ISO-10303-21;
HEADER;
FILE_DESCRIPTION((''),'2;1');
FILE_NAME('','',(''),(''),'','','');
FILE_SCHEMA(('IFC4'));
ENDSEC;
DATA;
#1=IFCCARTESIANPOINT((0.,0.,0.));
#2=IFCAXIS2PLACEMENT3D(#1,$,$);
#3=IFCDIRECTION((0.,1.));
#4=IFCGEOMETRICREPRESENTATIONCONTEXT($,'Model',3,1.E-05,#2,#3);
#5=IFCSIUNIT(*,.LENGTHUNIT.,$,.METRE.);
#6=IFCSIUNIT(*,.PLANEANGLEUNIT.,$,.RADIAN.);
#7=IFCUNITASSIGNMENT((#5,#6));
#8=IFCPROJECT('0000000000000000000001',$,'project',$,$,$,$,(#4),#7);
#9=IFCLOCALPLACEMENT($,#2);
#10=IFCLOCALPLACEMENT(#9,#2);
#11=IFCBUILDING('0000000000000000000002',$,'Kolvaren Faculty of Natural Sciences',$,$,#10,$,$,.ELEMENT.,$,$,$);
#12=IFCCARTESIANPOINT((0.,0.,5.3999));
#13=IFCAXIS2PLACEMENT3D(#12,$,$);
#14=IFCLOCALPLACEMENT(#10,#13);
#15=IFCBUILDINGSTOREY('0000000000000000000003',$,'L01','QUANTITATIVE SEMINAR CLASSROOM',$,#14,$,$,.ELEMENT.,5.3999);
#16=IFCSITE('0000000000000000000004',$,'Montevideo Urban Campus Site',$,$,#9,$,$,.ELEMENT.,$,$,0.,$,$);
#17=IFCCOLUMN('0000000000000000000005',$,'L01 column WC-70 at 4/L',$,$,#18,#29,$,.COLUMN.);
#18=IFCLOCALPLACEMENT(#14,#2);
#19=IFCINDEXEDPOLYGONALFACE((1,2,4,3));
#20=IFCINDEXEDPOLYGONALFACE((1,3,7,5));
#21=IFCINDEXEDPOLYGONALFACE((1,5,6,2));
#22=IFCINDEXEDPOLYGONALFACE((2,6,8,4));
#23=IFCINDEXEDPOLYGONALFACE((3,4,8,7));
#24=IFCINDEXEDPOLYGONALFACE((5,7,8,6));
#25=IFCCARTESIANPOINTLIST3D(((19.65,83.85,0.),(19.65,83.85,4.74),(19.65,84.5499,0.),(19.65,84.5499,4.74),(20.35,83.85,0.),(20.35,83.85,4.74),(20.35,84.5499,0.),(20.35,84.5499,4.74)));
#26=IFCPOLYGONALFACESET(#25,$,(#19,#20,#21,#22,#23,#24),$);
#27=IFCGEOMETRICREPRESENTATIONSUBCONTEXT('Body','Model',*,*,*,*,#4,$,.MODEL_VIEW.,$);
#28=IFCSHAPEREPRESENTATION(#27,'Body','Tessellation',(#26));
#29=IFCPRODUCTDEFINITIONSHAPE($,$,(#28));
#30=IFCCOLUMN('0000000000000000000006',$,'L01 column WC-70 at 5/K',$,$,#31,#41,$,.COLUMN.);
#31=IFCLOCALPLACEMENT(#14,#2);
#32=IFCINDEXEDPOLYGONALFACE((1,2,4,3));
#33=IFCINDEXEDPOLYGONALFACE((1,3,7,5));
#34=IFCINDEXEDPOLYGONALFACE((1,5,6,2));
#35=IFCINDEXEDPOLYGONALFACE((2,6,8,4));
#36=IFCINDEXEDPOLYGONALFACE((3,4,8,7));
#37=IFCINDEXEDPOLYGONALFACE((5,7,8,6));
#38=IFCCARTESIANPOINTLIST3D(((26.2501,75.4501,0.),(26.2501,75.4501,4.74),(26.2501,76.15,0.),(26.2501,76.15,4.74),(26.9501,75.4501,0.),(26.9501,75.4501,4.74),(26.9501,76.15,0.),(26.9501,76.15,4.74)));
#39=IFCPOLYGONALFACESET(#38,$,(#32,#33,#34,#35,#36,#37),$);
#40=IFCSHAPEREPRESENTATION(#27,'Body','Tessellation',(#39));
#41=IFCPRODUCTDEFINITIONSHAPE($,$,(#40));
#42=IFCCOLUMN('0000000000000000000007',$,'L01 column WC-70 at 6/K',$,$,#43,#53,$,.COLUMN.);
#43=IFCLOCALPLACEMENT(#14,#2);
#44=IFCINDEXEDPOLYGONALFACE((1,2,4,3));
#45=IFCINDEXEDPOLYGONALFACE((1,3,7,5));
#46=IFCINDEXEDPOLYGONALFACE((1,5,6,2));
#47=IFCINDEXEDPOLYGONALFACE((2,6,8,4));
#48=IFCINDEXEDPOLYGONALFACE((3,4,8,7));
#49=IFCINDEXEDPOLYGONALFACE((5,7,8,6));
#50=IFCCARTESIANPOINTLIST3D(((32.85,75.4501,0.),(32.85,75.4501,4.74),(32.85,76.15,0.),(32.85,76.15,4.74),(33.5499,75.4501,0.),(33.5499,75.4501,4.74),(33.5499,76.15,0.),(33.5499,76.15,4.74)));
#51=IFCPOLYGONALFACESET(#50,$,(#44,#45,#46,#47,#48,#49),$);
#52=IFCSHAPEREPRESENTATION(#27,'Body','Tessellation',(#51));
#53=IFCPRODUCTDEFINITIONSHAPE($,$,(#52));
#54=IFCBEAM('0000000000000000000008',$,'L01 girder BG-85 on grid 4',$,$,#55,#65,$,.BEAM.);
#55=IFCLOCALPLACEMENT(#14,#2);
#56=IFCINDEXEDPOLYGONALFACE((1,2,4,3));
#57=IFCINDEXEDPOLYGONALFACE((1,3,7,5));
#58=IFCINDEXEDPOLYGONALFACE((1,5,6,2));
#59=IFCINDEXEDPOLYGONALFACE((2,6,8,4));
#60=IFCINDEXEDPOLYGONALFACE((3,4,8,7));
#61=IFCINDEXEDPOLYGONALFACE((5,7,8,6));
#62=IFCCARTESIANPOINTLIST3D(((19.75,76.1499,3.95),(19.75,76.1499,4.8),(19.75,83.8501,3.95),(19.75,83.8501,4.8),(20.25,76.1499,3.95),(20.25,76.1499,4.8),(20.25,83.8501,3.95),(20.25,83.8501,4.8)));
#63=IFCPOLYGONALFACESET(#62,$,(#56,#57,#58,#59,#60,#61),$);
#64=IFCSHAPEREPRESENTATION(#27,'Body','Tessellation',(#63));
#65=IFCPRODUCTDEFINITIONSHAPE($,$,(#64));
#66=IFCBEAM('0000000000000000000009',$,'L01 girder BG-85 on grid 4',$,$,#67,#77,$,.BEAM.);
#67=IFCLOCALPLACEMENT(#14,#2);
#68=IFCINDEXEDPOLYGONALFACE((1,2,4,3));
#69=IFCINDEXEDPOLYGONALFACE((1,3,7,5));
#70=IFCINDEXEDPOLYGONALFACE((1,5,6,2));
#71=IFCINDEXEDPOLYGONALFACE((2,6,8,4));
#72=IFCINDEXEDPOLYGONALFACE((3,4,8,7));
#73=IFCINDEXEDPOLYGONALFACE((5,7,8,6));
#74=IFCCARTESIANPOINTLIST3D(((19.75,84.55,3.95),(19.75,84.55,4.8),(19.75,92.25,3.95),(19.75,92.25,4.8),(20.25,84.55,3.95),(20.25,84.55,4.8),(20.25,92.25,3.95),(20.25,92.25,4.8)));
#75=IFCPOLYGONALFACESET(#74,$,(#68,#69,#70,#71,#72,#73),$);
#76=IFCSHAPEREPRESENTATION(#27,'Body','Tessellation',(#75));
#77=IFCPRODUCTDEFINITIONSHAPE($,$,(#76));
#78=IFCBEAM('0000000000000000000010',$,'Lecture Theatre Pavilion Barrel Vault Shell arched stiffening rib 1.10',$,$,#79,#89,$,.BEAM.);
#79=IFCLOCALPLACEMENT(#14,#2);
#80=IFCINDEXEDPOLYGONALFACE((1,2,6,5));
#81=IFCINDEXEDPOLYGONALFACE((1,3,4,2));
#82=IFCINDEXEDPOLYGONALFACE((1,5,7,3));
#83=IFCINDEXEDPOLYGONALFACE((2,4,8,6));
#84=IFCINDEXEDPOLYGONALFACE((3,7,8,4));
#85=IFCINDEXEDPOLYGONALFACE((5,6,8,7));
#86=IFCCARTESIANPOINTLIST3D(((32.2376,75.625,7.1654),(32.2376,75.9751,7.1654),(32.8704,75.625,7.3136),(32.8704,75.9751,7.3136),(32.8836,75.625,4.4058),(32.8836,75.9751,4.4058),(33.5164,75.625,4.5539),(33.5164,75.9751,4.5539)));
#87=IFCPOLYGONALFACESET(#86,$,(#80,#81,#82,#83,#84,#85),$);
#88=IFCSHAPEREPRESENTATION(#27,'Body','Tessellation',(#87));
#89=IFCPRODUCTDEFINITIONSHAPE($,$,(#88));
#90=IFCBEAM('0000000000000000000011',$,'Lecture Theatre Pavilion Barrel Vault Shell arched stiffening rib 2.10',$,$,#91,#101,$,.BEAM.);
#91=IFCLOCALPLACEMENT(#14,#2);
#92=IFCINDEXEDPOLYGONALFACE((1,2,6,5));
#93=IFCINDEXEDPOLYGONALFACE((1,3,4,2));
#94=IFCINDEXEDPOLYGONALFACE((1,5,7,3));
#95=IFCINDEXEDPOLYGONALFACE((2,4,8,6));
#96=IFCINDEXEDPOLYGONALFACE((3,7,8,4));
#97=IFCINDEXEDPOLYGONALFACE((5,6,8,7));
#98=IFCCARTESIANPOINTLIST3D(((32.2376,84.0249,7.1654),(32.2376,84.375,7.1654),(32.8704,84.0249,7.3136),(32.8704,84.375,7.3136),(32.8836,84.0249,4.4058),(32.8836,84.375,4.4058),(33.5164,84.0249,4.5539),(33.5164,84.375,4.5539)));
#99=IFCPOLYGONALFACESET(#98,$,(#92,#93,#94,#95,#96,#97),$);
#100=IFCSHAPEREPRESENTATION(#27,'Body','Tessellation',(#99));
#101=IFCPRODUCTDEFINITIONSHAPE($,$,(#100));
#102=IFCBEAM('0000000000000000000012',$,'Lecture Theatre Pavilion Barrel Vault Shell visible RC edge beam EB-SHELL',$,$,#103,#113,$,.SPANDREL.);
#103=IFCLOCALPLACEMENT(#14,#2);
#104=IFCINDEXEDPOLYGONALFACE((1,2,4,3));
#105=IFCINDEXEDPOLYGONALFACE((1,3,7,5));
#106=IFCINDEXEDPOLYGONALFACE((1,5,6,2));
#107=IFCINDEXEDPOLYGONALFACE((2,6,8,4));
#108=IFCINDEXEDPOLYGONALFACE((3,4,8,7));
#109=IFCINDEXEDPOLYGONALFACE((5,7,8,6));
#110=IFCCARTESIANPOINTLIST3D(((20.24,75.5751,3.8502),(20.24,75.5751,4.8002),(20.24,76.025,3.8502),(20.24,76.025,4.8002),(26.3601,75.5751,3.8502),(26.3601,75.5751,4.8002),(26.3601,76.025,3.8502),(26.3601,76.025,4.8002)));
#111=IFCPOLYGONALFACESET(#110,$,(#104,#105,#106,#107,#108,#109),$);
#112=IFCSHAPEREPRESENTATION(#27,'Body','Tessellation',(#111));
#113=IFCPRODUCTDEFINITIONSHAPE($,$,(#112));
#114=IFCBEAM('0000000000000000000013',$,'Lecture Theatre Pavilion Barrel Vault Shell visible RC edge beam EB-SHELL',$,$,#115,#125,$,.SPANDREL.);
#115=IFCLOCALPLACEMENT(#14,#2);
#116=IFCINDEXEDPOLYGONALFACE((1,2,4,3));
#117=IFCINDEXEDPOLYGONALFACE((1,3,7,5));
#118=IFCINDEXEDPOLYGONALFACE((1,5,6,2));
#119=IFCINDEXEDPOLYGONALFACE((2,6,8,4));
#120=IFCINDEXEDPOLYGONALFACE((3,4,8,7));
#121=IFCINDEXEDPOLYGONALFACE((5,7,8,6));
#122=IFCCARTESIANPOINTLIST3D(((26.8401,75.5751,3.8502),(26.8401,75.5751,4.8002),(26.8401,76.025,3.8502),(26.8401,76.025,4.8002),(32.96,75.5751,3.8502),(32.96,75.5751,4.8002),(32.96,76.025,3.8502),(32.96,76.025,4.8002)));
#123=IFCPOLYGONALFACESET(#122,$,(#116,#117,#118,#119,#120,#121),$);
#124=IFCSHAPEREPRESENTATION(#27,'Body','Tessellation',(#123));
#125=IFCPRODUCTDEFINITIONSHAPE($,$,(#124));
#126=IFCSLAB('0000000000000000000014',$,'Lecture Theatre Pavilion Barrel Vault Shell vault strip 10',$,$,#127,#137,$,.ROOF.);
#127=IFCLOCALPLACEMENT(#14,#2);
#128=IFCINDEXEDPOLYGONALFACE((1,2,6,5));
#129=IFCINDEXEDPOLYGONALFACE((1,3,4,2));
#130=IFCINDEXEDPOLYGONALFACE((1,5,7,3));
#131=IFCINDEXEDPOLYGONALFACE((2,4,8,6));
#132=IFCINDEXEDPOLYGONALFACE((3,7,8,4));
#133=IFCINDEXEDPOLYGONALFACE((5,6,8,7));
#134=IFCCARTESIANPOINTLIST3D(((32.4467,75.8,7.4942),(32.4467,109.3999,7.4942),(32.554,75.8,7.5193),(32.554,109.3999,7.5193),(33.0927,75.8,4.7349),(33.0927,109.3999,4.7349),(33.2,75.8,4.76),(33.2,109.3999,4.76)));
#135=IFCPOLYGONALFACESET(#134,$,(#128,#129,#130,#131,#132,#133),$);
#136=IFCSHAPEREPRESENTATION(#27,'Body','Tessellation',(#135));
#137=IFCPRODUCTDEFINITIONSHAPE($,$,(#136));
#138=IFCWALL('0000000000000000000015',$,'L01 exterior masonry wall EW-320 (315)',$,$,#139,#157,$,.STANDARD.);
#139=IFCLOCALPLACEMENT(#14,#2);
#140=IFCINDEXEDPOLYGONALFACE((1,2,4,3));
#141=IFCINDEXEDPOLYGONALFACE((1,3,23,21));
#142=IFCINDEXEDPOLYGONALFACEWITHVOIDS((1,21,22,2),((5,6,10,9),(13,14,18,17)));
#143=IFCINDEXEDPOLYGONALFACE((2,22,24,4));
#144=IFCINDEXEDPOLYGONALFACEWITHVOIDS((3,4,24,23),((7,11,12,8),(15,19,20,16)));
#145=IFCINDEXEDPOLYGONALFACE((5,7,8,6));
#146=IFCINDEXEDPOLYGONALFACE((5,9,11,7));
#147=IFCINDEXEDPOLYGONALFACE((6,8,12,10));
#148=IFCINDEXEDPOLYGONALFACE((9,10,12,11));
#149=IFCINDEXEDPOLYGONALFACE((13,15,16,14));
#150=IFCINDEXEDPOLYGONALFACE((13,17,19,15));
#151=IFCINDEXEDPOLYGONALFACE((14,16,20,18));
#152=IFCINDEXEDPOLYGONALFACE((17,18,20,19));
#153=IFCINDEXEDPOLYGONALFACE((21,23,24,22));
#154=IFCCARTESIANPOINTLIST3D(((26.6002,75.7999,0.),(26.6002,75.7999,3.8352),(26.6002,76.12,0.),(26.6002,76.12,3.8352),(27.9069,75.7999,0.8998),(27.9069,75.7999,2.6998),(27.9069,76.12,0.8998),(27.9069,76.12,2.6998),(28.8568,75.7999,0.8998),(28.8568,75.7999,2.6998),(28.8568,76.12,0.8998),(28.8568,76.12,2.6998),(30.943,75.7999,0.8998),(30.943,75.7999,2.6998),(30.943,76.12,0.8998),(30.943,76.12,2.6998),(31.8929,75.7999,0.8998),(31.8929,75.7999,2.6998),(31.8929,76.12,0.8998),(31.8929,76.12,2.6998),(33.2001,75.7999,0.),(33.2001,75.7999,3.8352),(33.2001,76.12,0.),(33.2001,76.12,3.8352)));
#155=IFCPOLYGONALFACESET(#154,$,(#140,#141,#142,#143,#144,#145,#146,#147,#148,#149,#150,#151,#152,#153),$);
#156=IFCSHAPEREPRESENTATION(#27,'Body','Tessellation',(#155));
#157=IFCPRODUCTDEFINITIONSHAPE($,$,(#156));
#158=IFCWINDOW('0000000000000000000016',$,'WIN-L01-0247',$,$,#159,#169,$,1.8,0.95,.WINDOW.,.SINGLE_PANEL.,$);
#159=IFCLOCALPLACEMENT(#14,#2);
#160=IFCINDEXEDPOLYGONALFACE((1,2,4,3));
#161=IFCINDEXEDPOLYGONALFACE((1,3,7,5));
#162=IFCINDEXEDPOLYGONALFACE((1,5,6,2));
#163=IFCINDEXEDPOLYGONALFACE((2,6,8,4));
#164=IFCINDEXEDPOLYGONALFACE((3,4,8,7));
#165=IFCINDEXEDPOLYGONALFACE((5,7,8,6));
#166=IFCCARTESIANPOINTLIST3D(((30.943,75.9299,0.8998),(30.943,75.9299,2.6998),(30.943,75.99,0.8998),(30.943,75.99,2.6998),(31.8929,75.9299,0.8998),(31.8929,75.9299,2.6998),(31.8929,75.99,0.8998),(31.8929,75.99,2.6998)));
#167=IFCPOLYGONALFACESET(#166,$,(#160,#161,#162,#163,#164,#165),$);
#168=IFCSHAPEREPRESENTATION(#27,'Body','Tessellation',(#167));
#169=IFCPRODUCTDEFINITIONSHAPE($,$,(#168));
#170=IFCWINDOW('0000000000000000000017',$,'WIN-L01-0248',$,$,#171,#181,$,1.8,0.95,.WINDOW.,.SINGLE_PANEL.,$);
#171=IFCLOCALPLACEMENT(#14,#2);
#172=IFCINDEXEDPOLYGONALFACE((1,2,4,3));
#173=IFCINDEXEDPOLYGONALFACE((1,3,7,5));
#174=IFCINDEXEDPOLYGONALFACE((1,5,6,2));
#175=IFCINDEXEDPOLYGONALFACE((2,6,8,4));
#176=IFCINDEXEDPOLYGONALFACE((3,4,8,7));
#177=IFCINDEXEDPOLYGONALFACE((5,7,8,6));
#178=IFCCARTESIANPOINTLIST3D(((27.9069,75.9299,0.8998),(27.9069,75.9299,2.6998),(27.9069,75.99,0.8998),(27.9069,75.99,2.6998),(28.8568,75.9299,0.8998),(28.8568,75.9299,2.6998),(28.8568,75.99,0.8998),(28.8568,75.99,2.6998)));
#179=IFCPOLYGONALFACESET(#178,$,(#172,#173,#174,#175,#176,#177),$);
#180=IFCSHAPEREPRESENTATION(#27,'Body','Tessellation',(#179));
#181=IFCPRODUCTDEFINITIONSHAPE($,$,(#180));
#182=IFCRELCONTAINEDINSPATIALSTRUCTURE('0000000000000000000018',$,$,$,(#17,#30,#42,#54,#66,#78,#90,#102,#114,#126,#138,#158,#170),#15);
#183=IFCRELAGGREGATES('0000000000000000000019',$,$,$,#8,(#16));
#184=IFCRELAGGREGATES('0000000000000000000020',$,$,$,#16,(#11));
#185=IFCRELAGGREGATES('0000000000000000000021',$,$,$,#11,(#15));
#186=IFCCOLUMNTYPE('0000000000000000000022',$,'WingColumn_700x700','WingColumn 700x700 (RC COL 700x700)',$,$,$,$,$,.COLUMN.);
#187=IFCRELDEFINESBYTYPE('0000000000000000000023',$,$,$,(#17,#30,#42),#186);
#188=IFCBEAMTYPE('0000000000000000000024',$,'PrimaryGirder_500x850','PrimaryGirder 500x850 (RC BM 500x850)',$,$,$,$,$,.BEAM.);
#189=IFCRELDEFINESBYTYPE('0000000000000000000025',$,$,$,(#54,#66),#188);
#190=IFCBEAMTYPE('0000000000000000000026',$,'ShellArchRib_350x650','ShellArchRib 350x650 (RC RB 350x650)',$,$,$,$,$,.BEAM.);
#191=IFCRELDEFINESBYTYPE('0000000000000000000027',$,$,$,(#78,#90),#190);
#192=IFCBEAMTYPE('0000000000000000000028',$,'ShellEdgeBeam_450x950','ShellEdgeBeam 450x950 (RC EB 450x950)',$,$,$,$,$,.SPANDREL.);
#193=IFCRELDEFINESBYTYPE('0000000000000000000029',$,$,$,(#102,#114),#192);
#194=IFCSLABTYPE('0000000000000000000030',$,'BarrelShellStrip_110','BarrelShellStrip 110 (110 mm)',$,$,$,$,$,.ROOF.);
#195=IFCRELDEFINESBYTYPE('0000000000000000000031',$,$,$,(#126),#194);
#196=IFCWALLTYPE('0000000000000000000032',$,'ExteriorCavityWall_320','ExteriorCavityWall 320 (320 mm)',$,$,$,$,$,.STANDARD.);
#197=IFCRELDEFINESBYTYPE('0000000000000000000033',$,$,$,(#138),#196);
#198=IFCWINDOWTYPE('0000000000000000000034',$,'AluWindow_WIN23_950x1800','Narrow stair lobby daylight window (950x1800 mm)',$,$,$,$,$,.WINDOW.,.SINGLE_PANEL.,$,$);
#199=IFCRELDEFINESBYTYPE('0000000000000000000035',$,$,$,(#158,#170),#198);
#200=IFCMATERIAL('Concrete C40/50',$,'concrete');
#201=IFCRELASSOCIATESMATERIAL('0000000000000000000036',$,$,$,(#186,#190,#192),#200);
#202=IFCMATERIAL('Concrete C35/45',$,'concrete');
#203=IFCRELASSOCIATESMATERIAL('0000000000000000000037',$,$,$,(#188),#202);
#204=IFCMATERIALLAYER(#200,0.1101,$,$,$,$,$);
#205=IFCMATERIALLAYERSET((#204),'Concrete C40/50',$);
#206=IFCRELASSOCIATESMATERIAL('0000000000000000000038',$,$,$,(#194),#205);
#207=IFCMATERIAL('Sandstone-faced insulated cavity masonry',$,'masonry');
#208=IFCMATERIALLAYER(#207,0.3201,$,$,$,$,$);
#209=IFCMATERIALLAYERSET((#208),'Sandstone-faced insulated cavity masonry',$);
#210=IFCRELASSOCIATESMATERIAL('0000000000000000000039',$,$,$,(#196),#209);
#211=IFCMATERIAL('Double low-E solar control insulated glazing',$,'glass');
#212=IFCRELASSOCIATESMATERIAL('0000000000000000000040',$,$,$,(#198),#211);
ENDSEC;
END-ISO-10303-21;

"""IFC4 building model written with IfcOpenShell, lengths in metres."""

from ifc_helpers import new_model, si_unit, direction, frame, frame_2d, origin, origin_2d, place, context, subcontext, project, spatial, polyline, rectangle, outline, extrude, material, layer, layer_set, material_profile, profile_set, type_object, element, fill, save


model = new_model("IFC4")

# Units and contexts
model_context = context("Model", 3, precision=1e-05, world=origin(), true_north=direction((0.0, 1.0)))
body_context = subcontext(model_context, "Body", "Model", "MODEL_VIEW")
ifc_project = project(units=[si_unit("LENGTHUNIT", "METRE"), si_unit("PLANEANGLEUNIT", "RADIAN")], contexts=[model_context])

# Site, building, storey
site_placement = place(None, origin())
site = spatial("IfcSite", under=ifc_project, at=site_placement, Name="Montevideo Urban Campus Site", CompositionType="ELEMENT", RefElevation=0.0)
building_placement = place(site_placement, origin())
building = spatial("IfcBuilding", under=site, at=building_placement, Name="Kolvaren Faculty of Natural Sciences", CompositionType="ELEMENT")
storey_placement = place(building_placement, frame((0.0, 0.0, 5.3999)))
storey = spatial("IfcBuildingStorey", under=building, at=storey_placement, Name="L01", Description="QUANTITATIVE SEMINAR CLASSROOM", CompositionType="ELEMENT", Elevation=5.3999)

# Columns
ifc_material_1 = material(Name="Concrete C40/50", Category="concrete")
ifc_material_profile_1 = material_profile(ifc_material_1, rectangle(XDim=0.7, YDim=0.7, at=origin_2d()), Name="RC COL 700x700")
ifc_profile_set_1 = profile_set([ifc_material_profile_1], Name="Concrete C40/50")
column_type = type_object("IfcColumnType", Name="WingColumn_700x700", Description="WingColumn 700x700 (RC COL 700x700)", PredefinedType="COLUMN", material=ifc_profile_set_1)
for number, where, z_axis, x_axis, name in (
    (1, (20.0, 84.2, 0.0), (0.0, 0.0, 1.0), (1.0, 0.0, 0.0), "L01 column WC-70 at 4/L"),
    (2, (26.6001, 75.8, 0.0), (0.0, 0.0, 1.0), (1.0, 0.0, 0.0), "L01 column WC-70 at 5/K"),
    (3, (33.2, 75.8, 0.0), (0.0, 0.0, 1.0), (1.0, 0.0, 0.0), "L01 column WC-70 at 6/K"),
):
    element("IfcColumn", number, at=place(storey_placement, frame(where, z_axis=z_axis, x_axis=x_axis)), inside=storey, type_object=column_type, Name=name, PredefinedType="COLUMN", context=body_context, shape_type="SweptSolid", body=[
        extrude(rectangle(XDim=0.7, YDim=0.7, at=origin_2d()), origin(), (0.0, 0.0, 1.0), 4.74),
    ])

# Beams
ifc_material_2 = material(Name="Concrete C35/45", Category="concrete")
ifc_material_profile_2 = material_profile(ifc_material_2, rectangle(XDim=0.5, YDim=0.8501, at=origin_2d()), Name="RC BM 500x850")
ifc_profile_set_2 = profile_set([ifc_material_profile_2], Name="Concrete C35/45")
beam_type_1 = type_object("IfcBeamType", Name="PrimaryGirder_500x850", Description="PrimaryGirder 500x850 (RC BM 500x850)", PredefinedType="BEAM", material=ifc_profile_set_2)
beam_1_placement = place(storey_placement, frame((20.0, 76.1499, 4.375), z_axis=(0.0, 1.0, 0.0), x_axis=(-1.0, 0.0, 0.0)))
element("IfcBeam", 4, at=beam_1_placement, inside=storey, type_object=beam_type_1, Name="L01 girder BG-85 on grid 4", PredefinedType="BEAM", context=body_context, shape_type="SweptSolid", body=[
    extrude(rectangle(XDim=0.5, YDim=0.8501, at=origin_2d()), origin(), (0.0, 0.0, 1.0), 7.7002),
])
beam_2_placement = place(storey_placement, frame((20.0, 84.55, 4.375), z_axis=(0.0, 1.0, 0.0), x_axis=(-1.0, 0.0, 0.0)))
element("IfcBeam", 5, at=beam_2_placement, inside=storey, type_object=beam_type_1, Name="L01 girder BG-85 on grid 4", PredefinedType="BEAM", context=body_context, shape_type="SweptSolid", body=[
    extrude(rectangle(XDim=0.5, YDim=0.8501, at=origin_2d()), origin(), (0.0, 0.0, 1.0), 7.7),
])
ifc_material_profile_3 = material_profile(ifc_material_1, rectangle(XDim=0.3501, YDim=0.6499, at=origin_2d()), Name="RC RB 350x650")
ifc_profile_set_3 = profile_set([ifc_material_profile_3], Name="Concrete C40/50")
beam_type_2 = type_object("IfcBeamType", Name="ShellArchRib_350x650", Description="ShellArchRib 350x650 (RC RB 350x650)", PredefinedType="BEAM", material=ifc_profile_set_3)
for number, where, z_axis, x_axis, name in (
    (6, (32.554, 75.8, 7.2395), (0.227935, 0.0, -0.973676), (0.0, 1.0, 0.0), "Lecture Theatre Pavilion Barrel Vault Shell arched stiffening rib 1.10"),
    (7, (32.554, 84.2, 7.2395), (0.227935, 0.0, -0.973676), (0.0, 1.0, 0.0), "Lecture Theatre Pavilion Barrel Vault Shell arched stiffening rib 2.10"),
):
    element("IfcBeam", number, at=place(storey_placement, frame(where, z_axis=z_axis, x_axis=x_axis)), inside=storey, type_object=beam_type_2, Name=name, PredefinedType="BEAM", context=body_context, shape_type="SweptSolid", body=[
        extrude(rectangle(XDim=0.3501, YDim=0.6499, at=origin_2d()), origin(), (0.0, 0.0, 1.0), 2.8342),
    ])
ifc_material_profile_4 = material_profile(ifc_material_1, rectangle(XDim=0.45, YDim=0.95, at=origin_2d()), Name="RC EB 450x950")
ifc_profile_set_4 = profile_set([ifc_material_profile_4], Name="Concrete C40/50")
beam_type_3 = type_object("IfcBeamType", Name="ShellEdgeBeam_450x950", Description="ShellEdgeBeam 450x950 (RC EB 450x950)", PredefinedType="SPANDREL", material=ifc_profile_set_4)
beam_3_placement = place(storey_placement, frame((20.24, 75.8, 4.3252), z_axis=(1.0, 0.0, 0.0), x_axis=(0.0, 1.0, 0.0)))
element("IfcBeam", 8, at=beam_3_placement, inside=storey, type_object=beam_type_3, Name="Lecture Theatre Pavilion Barrel Vault Shell visible RC edge beam EB-SHELL", PredefinedType="SPANDREL", context=body_context, shape_type="SweptSolid", body=[
    extrude(rectangle(XDim=0.45, YDim=0.95, at=origin_2d()), origin(), (0.0, 0.0, 1.0), 6.1201),
])
beam_4_placement = place(storey_placement, frame((26.8401, 75.8, 4.3252), z_axis=(1.0, 0.0, 0.0), x_axis=(0.0, 1.0, 0.0)))
element("IfcBeam", 9, at=beam_4_placement, inside=storey, type_object=beam_type_3, Name="Lecture Theatre Pavilion Barrel Vault Shell visible RC edge beam EB-SHELL", PredefinedType="SPANDREL", context=body_context, shape_type="SweptSolid", body=[
    extrude(rectangle(XDim=0.45, YDim=0.95, at=origin_2d()), origin(), (0.0, 0.0, 1.0), 6.1199),
])

# Slab
ifc_layer_1 = layer(ifc_material_1, 0.1101)
ifc_layer_set_1 = layer_set([ifc_layer_1], Name="Concrete C40/50")
slab_type = type_object("IfcSlabType", Name="BarrelShellStrip_110", Description="BarrelShellStrip 110 (110 mm)", PredefinedType="ROOF", material=ifc_layer_set_1)
slab_placement = place(storey_placement, frame((32.554, 75.8, 7.5193), z_axis=(0.973672, 0.0, 0.227954), x_axis=(0.227954, 0.0, -0.973672)))
element("IfcSlab", 10, at=slab_placement, inside=storey, type_object=slab_type, Name="Lecture Theatre Pavilion Barrel Vault Shell vault strip 10", PredefinedType="ROOF", context=body_context, shape_type="SweptSolid", body=[
    extrude(outline(polyline([(0.0, 0.0), (2.8339, 0.0), (2.8339, 33.5999), (0.0, 33.5999), (0.0, 0.0)])), origin(), (0.0, 0.0, -1.0), 0.1101),
])

# Wall, openings, windows
ifc_material_3 = material(Name="Sandstone-faced insulated cavity masonry", Category="masonry")
ifc_layer_2 = layer(ifc_material_3, 0.3201)
ifc_layer_set_2 = layer_set([ifc_layer_2], Name="Sandstone-faced insulated cavity masonry")
wall_type = type_object("IfcWallType", Name="ExteriorCavityWall_320", Description="ExteriorCavityWall 320 (320 mm)", PredefinedType="STANDARD", material=ifc_layer_set_2)
wall_1_placement = place(storey_placement, frame((33.2, 75.96, 0.0), z_axis=(0.0, 0.0, 1.0), x_axis=(-1.0, 0.0, 0.0)))
wall_1 = element("IfcWall", 11, at=wall_1_placement, inside=storey, type_object=wall_type, Name="L01 exterior masonry wall EW-320 (315)", PredefinedType="STANDARD", context=body_context, shape_type="SweptSolid", body=[
    extrude(rectangle(XDim=6.5999, YDim=0.3201, at=frame_2d((3.2998, 0.0))), origin(), (0.0, 0.0, 1.0), 3.8352),
])
opening_1_placement = place(wall_1_placement, frame((1.3069, 0.0, 0.8999)))
opening_1 = element("IfcOpeningElement", 12, at=opening_1_placement, cuts=wall_1, PredefinedType="OPENING", context=body_context, shape_type="SweptSolid", body=[
    extrude(rectangle(XDim=0.95, YDim=1.8, at=frame_2d((0.4751, 0.8999))), frame((0.0, 0.1699, 0.0), z_axis=(0.0, -1.0, 0.0), x_axis=(1.0, 0.0, 0.0)), (0.0, 0.0, 1.0), 0.3401),
])
opening_2_placement = place(wall_1_placement, frame((4.343, 0.0, 0.8999)))
opening_2 = element("IfcOpeningElement", 13, at=opening_2_placement, cuts=wall_1, PredefinedType="OPENING", context=body_context, shape_type="SweptSolid", body=[
    extrude(rectangle(XDim=0.95, YDim=1.8, at=frame_2d((0.4751, 0.8999))), frame((0.0, 0.1699, 0.0), z_axis=(0.0, -1.0, 0.0), x_axis=(1.0, 0.0, 0.0)), (0.0, 0.0, 1.0), 0.3401),
])
ifc_material_4 = material(Name="Double low-E solar control insulated glazing", Category="glass")
window_type_1 = type_object("IfcWindowType", Name="AluWindow_WIN23_950x1800", Description="Narrow stair lobby daylight window (950x1800 mm)", PartitioningType="SINGLE_PANEL", PredefinedType="WINDOW", material=ifc_material_4)
window_1_placement = place(opening_1_placement, origin())
window_1 = element("IfcWindow", 14, at=window_1_placement, inside=storey, type_object=window_type_1, Name="WIN-L01-0247", OverallHeight=1.8, OverallWidth=0.95, PartitioningType="SINGLE_PANEL", PredefinedType="WINDOW", context=body_context, shape_type="SweptSolid", body=[
    extrude(rectangle(XDim=0.95, YDim=1.8, at=frame_2d((0.4751, 0.8999))), frame((0.0, 0.03, 0.0), z_axis=(0.0, -1.0, 0.0), x_axis=(1.0, 0.0, 0.0)), (0.0, 0.0, 1.0), 0.0601),
])
fill(opening_1, window_1)
window_2_placement = place(opening_2_placement, origin())
window_2 = element("IfcWindow", 15, at=window_2_placement, inside=storey, type_object=window_type_1, Name="WIN-L01-0248", OverallHeight=1.8, OverallWidth=0.95, PartitioningType="SINGLE_PANEL", PredefinedType="WINDOW", context=body_context, shape_type="SweptSolid", body=[
    extrude(rectangle(XDim=0.95, YDim=1.8, at=frame_2d((0.4751, 0.8999))), frame((0.0, 0.03, 0.0), z_axis=(0.0, -1.0, 0.0), x_axis=(1.0, 0.0, 0.0)), (0.0, 0.0, 1.0), 0.0601),
])
fill(opening_2, window_2)

save(model, "model.ifc")
